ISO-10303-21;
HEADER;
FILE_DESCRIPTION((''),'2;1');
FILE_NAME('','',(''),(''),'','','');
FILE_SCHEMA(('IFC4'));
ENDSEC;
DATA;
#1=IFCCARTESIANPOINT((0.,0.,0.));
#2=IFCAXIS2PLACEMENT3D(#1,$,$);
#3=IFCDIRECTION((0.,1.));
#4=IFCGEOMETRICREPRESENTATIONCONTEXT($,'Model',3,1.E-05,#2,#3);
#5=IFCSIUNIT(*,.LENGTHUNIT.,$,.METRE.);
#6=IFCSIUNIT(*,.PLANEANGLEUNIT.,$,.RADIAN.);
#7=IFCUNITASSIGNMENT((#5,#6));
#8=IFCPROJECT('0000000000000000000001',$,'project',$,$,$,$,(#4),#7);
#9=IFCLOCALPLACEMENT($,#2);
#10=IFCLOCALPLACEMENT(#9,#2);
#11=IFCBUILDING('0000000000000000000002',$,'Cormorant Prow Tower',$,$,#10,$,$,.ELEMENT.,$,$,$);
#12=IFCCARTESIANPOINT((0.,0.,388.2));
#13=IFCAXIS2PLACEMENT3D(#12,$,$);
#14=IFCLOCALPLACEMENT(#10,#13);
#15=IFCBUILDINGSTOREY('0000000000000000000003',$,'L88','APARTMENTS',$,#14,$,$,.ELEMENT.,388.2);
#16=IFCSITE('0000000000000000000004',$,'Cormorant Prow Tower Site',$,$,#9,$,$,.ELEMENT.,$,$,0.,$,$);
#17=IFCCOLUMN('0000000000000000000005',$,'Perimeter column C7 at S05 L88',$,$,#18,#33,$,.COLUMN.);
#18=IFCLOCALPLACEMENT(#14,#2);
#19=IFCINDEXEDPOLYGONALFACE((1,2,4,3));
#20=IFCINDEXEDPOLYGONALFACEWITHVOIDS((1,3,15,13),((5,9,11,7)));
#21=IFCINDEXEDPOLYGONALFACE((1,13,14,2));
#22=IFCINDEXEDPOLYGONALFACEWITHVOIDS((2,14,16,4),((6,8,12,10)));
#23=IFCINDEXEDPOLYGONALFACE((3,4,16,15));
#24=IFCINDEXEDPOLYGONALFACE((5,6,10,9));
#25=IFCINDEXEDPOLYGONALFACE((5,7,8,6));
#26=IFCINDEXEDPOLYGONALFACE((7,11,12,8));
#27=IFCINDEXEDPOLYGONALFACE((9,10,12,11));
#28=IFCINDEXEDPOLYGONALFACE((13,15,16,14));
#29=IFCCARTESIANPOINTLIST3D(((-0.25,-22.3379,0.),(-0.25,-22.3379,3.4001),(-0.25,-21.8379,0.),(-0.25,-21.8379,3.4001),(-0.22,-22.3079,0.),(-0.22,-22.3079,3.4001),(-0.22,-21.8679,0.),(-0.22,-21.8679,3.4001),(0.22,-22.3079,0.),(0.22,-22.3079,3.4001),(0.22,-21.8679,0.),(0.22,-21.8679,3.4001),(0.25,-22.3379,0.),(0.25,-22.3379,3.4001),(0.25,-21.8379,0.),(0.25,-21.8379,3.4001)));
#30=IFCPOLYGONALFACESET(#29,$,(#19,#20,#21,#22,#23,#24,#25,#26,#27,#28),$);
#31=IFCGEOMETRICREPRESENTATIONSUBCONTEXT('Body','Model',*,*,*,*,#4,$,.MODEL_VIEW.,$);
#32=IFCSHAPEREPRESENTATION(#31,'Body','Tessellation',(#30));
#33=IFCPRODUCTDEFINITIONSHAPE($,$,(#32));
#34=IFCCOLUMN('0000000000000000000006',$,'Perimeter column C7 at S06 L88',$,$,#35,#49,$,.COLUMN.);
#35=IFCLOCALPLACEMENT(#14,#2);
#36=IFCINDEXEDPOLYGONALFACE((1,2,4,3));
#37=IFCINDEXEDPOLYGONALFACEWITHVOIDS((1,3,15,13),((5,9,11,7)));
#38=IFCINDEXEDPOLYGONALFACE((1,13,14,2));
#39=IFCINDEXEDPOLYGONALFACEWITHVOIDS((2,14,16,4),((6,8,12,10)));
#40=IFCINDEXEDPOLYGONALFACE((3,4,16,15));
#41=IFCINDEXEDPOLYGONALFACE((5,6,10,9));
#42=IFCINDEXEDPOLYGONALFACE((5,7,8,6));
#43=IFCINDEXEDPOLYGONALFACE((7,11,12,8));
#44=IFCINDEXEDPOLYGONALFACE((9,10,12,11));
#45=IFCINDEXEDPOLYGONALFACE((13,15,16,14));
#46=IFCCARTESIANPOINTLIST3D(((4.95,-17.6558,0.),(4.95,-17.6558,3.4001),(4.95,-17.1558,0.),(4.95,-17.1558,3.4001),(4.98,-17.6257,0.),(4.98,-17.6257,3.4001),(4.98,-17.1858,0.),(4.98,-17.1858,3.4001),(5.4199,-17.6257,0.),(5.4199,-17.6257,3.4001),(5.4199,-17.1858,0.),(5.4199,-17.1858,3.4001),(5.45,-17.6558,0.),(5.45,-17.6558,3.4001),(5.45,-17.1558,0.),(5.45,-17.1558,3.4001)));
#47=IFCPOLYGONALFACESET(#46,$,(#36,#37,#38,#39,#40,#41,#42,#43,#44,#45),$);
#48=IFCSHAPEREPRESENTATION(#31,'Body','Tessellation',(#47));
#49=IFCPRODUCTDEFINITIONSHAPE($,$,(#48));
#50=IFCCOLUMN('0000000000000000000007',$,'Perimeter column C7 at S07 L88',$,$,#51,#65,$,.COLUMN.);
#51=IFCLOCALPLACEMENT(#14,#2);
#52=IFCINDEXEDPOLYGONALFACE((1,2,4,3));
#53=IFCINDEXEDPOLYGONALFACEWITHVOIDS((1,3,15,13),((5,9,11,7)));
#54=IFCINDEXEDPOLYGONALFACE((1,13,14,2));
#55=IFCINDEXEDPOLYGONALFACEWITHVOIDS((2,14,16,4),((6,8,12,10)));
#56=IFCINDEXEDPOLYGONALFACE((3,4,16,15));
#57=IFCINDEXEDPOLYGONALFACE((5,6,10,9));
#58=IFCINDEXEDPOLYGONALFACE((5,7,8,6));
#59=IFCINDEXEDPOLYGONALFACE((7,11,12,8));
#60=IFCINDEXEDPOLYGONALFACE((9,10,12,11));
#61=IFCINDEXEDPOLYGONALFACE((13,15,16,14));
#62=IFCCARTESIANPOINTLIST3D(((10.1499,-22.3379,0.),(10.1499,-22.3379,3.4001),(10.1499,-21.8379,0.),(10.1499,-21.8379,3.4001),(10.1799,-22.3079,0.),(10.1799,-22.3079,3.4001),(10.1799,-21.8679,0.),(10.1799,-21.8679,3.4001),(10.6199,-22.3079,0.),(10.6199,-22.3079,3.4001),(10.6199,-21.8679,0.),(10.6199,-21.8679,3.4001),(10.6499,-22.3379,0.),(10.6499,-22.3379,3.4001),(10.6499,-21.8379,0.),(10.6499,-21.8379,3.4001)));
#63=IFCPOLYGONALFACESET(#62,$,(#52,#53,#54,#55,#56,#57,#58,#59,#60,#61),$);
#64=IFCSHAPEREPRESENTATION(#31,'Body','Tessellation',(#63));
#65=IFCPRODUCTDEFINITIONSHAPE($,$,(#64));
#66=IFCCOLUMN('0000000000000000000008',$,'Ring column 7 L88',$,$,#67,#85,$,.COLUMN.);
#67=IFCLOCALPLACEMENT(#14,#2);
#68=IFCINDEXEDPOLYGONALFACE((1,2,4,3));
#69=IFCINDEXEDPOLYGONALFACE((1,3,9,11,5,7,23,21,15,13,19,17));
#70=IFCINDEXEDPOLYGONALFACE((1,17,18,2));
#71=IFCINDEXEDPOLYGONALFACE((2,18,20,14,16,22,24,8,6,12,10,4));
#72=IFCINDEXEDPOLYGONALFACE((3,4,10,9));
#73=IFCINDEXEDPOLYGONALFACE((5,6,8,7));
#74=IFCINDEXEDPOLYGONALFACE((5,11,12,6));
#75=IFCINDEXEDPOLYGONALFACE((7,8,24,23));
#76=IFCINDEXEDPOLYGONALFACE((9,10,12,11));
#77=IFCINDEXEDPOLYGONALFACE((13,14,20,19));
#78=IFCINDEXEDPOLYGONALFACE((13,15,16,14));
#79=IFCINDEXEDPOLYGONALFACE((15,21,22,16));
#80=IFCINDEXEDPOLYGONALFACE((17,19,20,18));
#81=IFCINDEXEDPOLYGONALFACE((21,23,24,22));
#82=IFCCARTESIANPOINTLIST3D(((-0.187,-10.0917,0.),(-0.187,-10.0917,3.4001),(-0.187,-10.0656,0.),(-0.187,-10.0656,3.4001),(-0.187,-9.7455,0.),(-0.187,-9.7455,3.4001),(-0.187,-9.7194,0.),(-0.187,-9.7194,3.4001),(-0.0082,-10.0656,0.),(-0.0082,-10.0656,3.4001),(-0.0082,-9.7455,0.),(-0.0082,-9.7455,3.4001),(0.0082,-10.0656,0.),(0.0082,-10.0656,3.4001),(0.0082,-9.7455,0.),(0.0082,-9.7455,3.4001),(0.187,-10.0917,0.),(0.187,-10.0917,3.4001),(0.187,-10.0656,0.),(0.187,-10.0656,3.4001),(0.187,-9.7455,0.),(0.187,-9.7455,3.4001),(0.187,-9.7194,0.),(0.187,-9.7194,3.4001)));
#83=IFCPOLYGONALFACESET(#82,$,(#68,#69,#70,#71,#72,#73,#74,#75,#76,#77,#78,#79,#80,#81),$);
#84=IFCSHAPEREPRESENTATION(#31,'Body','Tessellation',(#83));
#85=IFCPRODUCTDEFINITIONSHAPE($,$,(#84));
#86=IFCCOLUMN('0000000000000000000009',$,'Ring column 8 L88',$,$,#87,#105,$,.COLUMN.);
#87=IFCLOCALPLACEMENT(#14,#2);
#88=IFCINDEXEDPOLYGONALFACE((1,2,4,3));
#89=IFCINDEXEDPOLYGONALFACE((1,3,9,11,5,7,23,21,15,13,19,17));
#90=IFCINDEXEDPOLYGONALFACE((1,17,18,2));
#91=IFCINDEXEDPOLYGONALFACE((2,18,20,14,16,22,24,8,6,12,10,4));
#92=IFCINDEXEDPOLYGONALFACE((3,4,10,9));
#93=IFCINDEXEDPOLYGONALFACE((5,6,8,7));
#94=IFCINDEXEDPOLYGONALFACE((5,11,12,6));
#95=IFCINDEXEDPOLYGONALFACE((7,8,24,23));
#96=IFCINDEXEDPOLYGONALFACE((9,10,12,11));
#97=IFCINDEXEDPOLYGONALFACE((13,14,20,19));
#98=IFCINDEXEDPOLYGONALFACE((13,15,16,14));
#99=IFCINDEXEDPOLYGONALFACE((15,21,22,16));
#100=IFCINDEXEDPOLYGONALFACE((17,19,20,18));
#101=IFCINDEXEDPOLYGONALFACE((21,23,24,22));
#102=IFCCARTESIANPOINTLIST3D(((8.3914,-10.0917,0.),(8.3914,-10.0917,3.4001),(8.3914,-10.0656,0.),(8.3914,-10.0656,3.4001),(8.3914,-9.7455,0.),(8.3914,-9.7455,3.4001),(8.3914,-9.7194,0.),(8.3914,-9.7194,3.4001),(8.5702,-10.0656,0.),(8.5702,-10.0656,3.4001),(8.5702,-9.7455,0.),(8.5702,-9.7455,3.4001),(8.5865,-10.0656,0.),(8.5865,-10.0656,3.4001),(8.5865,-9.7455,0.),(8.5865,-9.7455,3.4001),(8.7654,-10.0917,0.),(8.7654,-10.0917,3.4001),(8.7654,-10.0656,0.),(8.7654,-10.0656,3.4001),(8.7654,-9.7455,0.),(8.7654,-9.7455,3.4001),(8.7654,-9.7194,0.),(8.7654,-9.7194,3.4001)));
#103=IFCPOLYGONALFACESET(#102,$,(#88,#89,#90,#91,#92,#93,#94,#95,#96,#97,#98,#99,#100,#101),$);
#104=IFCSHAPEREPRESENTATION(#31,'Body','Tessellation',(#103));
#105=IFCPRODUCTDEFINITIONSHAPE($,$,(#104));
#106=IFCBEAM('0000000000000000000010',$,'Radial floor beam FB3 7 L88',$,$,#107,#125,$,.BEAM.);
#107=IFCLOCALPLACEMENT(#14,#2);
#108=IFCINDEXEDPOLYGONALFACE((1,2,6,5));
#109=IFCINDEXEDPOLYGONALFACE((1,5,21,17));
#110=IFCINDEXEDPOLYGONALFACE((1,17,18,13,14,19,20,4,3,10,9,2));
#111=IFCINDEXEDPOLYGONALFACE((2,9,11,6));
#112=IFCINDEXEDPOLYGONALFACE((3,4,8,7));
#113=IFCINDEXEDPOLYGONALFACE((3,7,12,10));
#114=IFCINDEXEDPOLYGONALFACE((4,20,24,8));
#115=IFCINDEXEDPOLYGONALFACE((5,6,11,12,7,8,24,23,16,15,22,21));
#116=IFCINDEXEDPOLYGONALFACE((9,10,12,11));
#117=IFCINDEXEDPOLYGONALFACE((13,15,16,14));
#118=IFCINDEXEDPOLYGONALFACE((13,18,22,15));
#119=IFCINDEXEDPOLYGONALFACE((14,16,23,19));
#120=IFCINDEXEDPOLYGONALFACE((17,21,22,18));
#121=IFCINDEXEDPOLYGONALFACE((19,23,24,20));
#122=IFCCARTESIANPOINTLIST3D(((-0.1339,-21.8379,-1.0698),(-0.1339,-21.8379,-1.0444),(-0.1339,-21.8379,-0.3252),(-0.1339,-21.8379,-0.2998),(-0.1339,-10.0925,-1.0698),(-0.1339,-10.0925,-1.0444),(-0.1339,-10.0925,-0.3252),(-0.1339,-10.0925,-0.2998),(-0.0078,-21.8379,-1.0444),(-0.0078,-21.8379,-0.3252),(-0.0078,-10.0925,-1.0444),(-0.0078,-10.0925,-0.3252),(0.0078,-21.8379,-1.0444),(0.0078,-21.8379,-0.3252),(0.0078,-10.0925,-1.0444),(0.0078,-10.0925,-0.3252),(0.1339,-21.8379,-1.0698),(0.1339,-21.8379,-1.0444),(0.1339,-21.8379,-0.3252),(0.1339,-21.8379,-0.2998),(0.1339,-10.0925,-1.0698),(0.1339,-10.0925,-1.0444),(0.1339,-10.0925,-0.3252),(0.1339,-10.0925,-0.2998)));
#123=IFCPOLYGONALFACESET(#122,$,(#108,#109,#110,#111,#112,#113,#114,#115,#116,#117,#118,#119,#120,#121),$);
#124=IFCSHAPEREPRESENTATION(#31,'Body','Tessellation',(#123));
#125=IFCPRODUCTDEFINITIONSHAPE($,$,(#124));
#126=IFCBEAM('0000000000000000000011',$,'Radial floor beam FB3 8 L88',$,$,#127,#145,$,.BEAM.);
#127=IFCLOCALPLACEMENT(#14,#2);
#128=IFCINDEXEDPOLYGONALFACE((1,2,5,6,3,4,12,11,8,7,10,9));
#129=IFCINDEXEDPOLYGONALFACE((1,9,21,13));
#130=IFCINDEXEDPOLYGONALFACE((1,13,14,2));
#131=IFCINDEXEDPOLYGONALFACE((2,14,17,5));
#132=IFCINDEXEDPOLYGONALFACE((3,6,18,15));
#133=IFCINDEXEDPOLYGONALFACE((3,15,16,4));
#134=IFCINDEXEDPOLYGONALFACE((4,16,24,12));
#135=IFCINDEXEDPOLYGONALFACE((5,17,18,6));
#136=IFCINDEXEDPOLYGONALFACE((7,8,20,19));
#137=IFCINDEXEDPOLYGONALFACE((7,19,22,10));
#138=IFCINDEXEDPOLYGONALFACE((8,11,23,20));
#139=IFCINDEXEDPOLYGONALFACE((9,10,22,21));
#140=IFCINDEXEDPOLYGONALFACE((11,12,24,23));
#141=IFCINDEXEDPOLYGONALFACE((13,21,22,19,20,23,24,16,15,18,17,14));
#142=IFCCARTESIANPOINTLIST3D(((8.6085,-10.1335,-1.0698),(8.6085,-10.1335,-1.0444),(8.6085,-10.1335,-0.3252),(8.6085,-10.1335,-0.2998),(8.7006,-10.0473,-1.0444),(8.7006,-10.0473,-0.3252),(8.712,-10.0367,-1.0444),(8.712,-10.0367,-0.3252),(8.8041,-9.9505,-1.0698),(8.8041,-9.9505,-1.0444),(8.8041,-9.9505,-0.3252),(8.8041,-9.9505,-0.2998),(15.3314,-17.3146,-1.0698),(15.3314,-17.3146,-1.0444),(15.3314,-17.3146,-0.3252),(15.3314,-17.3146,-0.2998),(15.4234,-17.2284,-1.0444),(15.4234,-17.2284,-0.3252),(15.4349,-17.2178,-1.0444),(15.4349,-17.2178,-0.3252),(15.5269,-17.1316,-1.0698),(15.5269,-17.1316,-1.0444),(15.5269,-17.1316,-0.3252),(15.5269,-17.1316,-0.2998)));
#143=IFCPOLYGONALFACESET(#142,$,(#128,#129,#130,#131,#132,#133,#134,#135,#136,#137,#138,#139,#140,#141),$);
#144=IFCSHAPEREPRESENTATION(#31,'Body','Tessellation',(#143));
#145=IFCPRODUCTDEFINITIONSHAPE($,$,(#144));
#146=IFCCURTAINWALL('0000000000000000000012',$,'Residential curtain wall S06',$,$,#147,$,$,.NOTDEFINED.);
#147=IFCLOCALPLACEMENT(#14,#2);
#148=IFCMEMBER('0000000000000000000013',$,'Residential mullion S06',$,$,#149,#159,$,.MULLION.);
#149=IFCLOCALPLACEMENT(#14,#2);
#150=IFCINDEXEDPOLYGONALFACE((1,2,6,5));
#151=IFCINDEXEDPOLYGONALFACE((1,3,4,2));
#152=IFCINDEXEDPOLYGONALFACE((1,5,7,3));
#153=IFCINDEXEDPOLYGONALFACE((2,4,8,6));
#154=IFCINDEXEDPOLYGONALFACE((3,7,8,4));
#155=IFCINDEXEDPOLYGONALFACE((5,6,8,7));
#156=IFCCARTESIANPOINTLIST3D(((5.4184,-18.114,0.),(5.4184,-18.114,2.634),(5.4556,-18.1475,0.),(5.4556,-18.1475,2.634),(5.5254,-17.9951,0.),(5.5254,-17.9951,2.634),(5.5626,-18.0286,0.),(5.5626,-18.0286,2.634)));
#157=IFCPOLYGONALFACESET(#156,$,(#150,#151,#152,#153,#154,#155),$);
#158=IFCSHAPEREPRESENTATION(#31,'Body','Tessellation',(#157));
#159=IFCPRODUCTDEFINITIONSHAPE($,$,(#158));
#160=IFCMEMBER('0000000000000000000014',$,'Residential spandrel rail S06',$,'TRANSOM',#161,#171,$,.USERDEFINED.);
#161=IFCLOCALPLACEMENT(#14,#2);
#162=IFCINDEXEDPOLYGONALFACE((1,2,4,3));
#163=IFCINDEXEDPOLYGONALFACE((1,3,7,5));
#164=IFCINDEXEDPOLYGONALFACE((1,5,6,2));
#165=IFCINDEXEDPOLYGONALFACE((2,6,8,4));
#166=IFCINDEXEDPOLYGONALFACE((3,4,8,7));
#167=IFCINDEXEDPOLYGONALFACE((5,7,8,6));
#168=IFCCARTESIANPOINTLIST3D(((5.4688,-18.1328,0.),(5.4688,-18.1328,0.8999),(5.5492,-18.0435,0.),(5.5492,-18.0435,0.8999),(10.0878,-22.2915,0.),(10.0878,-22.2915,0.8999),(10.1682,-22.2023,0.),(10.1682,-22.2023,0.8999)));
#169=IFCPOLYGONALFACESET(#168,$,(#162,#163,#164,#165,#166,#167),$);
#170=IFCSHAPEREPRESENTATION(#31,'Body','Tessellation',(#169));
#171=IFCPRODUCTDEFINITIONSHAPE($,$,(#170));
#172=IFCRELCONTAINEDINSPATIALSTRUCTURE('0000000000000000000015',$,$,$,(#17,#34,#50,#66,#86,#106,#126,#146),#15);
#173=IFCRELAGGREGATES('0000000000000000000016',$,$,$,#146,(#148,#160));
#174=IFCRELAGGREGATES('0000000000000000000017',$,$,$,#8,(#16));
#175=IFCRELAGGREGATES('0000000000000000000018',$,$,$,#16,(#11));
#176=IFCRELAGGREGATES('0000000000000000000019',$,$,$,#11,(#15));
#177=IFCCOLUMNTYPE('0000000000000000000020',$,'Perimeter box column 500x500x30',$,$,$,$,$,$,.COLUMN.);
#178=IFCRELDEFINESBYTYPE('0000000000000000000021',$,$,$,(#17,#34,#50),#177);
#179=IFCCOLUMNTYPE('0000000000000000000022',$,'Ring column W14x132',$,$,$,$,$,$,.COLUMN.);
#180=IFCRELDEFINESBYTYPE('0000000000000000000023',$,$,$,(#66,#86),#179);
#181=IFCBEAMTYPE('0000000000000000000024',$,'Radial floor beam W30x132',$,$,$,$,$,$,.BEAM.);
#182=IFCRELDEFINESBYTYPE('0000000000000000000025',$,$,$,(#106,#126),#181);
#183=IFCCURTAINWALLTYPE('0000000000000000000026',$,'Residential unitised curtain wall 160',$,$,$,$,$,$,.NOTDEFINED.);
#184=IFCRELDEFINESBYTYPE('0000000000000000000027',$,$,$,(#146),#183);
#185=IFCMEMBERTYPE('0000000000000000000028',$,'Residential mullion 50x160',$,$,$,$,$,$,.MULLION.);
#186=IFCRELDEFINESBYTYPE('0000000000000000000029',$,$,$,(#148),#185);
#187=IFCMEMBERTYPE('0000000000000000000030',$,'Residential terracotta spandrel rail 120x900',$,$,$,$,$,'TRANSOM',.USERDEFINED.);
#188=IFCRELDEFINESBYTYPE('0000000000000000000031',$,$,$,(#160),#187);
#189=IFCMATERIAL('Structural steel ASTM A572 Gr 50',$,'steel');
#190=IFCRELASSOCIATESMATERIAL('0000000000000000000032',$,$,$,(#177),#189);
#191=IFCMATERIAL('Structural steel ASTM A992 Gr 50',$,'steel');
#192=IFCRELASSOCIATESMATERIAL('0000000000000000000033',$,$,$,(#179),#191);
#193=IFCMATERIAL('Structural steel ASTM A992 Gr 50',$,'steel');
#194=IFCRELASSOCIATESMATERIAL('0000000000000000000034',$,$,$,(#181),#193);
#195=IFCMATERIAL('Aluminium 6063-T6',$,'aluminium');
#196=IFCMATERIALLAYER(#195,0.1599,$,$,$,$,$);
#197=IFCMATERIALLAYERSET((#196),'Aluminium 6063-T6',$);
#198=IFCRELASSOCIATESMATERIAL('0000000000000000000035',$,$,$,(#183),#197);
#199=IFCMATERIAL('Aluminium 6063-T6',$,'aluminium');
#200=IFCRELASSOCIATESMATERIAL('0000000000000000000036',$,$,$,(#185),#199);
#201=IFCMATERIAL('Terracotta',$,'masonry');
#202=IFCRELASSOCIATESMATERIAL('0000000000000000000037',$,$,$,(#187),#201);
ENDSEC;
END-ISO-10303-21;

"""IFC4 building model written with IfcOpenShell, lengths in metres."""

from ifc_helpers import new_model, si_unit, direction, frame, origin, origin_2d, place, context, subcontext, project, spatial, rectangle, hollow_rectangle, i_section, extrude, material, layer, layer_set, material_profile, profile_set, type_object, element, aggregate, save


model = new_model("IFC4")

# Units and contexts
model_context = context("Model", 3, precision=1e-05, world=origin(), true_north=direction((0.0, 1.0)))
body_context = subcontext(model_context, "Body", "Model", "MODEL_VIEW")
ifc_project = project(units=[si_unit("LENGTHUNIT", "METRE"), si_unit("PLANEANGLEUNIT", "RADIAN")], contexts=[model_context])

# Site, building, storey
site_placement = place(None, origin())
site = spatial("IfcSite", under=ifc_project, at=site_placement, Name="Cormorant Prow Tower Site", CompositionType="ELEMENT", RefElevation=0.0)
building_placement = place(site_placement, origin())
building = spatial("IfcBuilding", under=site, at=building_placement, Name="Cormorant Prow Tower", CompositionType="ELEMENT")
storey_placement = place(building_placement, frame((0.0, 0.0, 388.2)))
storey = spatial("IfcBuildingStorey", under=building, at=storey_placement, Name="L88", Description="APARTMENTS", CompositionType="ELEMENT", Elevation=388.2)

# Columns
ifc_material_1 = material(Name="Structural steel ASTM A572 Gr 50", Category="steel")
ifc_material_profile_1 = material_profile(ifc_material_1, hollow_rectangle(XDim=0.5, YDim=0.5, WallThickness=0.03, at=origin_2d()), Name="Box 500x500x30")
ifc_profile_set_1 = profile_set([ifc_material_profile_1], Name="Structural steel ASTM A572 Gr 50")
column_type_1 = type_object("IfcColumnType", Name="Perimeter box column 500x500x30", PredefinedType="COLUMN", material=ifc_profile_set_1)
for number, where, z_axis, x_axis, name in (
    (1, (0.0, -22.0879, 0.0), (0.0, 0.0, 1.0), (1.0, 0.0, 0.0), "Perimeter column C7 at S05 L88"),
    (2, (5.2, -17.4058, 0.0), (0.0, 0.0, 1.0), (1.0, 0.0, 0.0), "Perimeter column C7 at S06 L88"),
    (3, (10.3999, -22.0879, 0.0), (0.0, 0.0, 1.0), (1.0, 0.0, 0.0), "Perimeter column C7 at S07 L88"),
):
    element("IfcColumn", number, at=place(storey_placement, frame(where, z_axis=z_axis, x_axis=x_axis)), inside=storey, type_object=column_type_1, Name=name, PredefinedType="COLUMN", context=body_context, shape_type="SweptSolid", body=[
        extrude(hollow_rectangle(XDim=0.5, YDim=0.5, WallThickness=0.03, at=origin_2d()), origin(), (0.0, 0.0, 1.0), 3.4001),
    ])
ifc_material_2 = material(Name="Structural steel ASTM A992 Gr 50", Category="steel")
ifc_material_profile_2 = material_profile(ifc_material_2, i_section(OverallWidth=0.374, OverallDepth=0.3723, WebThickness=0.0164, FlangeThickness=0.0261, at=origin_2d()), Name="W14x132")
ifc_profile_set_2 = profile_set([ifc_material_profile_2], Name="Structural steel ASTM A992 Gr 50")
column_type_2 = type_object("IfcColumnType", Name="Ring column W14x132", PredefinedType="COLUMN", material=ifc_profile_set_2)
for number, where, z_axis, x_axis, name in (
    (4, (0.0, -9.9055, 0.0), (0.0, 0.0, 1.0), (1.0, 0.0, 0.0), "Ring column 7 L88"),
    (5, (8.5784, -9.9055, 0.0), (0.0, 0.0, 1.0), (1.0, 0.0, 0.0), "Ring column 8 L88"),
):
    element("IfcColumn", number, at=place(storey_placement, frame(where, z_axis=z_axis, x_axis=x_axis)), inside=storey, type_object=column_type_2, Name=name, PredefinedType="COLUMN", context=body_context, shape_type="SweptSolid", body=[
        extrude(i_section(OverallWidth=0.374, OverallDepth=0.3723, WebThickness=0.0164, FlangeThickness=0.0261, at=origin_2d()), origin(), (0.0, 0.0, 1.0), 3.4001),
    ])

# Beams
ifc_material_3 = material(Name="Structural steel ASTM A992 Gr 50", Category="steel")
ifc_material_profile_3 = material_profile(ifc_material_3, i_section(OverallWidth=0.2678, OverallDepth=0.77, WebThickness=0.0156, FlangeThickness=0.0254, at=origin_2d()), Name="W30x132")
ifc_profile_set_3 = profile_set([ifc_material_profile_3], Name="Structural steel ASTM A992 Gr 50")
beam_type_1 = type_object("IfcBeamType", Name="Radial floor beam W30x132", PredefinedType="BEAM", material=ifc_profile_set_3)
beam_1_placement = place(storey_placement, frame((0.0, -10.0925, -0.6848), z_axis=(0.0, -1.0, 0.0), x_axis=(1.0, 0.0, 0.0)))
element("IfcBeam", 6, at=beam_1_placement, inside=storey, type_object=beam_type_1, Name="Radial floor beam FB3 7 L88", PredefinedType="BEAM", context=body_context, shape_type="SweptSolid", body=[
    extrude(i_section(OverallWidth=0.2678, OverallDepth=0.77, WebThickness=0.0156, FlangeThickness=0.0254, at=origin_2d()), origin(), (0.0, 0.0, 1.0), 11.7454),
])
beam_2_placement = place(storey_placement, frame((8.7063, -10.042, -0.6848), z_axis=(0.683431, -0.730015, 0.0), x_axis=(0.730015, 0.683431, 0.0)))
element("IfcBeam", 7, at=beam_2_placement, inside=storey, type_object=beam_type_1, Name="Radial floor beam FB3 8 L88", PredefinedType="BEAM", context=body_context, shape_type="SweptSolid", body=[
    extrude(i_section(OverallWidth=0.2678, OverallDepth=0.77, WebThickness=0.0156, FlangeThickness=0.0254, at=origin_2d()), origin(), (0.0, 0.0, 1.0), 9.8369),
])

# Curtain wall, members
ifc_material_4 = material(Name="Aluminium 6063-T6", Category="aluminium")
ifc_layer_1 = layer(ifc_material_4, 0.1599)
ifc_layer_set_1 = layer_set([ifc_layer_1], Name="Aluminium 6063-T6")
curtain_wall_type = type_object("IfcCurtainWallType", Name="Residential unitised curtain wall 160", PredefinedType="NOTDEFINED", material=ifc_layer_set_1)
curtain_wall_placement = place(storey_placement, origin())
curtain_wall = element("IfcCurtainWall", 8, at=curtain_wall_placement, inside=storey, type_object=curtain_wall_type, Name="Residential curtain wall S06", PredefinedType="NOTDEFINED")
ifc_material_5 = material(Name="Aluminium 6063-T6", Category="aluminium")
ifc_material_profile_4 = material_profile(ifc_material_5, rectangle(XDim=0.1599, YDim=0.05, at=origin_2d()), Name="Residential mullion 50x160")
ifc_profile_set_4 = profile_set([ifc_material_profile_4], Name="Aluminium 6063-T6")
member_type_1 = type_object("IfcMemberType", Name="Residential mullion 50x160", PredefinedType="MULLION", material=ifc_profile_set_4)
member_1_placement = place(storey_placement, frame((5.4905, -18.0713, 0.0), z_axis=(0.0, 0.0, 1.0), x_axis=(0.669131, 0.743145, 0.0)))
member_1 = element("IfcMember", 9, at=member_1_placement, type_object=member_type_1, Name="Residential mullion S06", PredefinedType="MULLION", context=body_context, shape_type="SweptSolid", body=[
    extrude(rectangle(XDim=0.1599, YDim=0.05, at=origin_2d()), origin(), (0.0, 0.0, 1.0), 2.634),
])
ifc_material_6 = material(Name="Terracotta", Category="masonry")
ifc_material_profile_5 = material_profile(ifc_material_6, rectangle(XDim=0.1201, YDim=0.8999, at=origin_2d()), Name="Residential terracotta spandrel rail 120x900")
ifc_profile_set_5 = profile_set([ifc_material_profile_5], Name="Terracotta")
member_type_2 = type_object("IfcMemberType", Name="Residential terracotta spandrel rail 120x900", ElementType="TRANSOM", PredefinedType="USERDEFINED", material=ifc_profile_set_5)
member_2_placement = place(storey_placement, frame((5.509, -18.0881, 0.45), z_axis=(0.743159, -0.669114, 0.0), x_axis=(0.669114, 0.743159, 0.0)))
member_2 = element("IfcMember", 10, at=member_2_placement, type_object=member_type_2, Name="Residential spandrel rail S06", ObjectType="TRANSOM", PredefinedType="USERDEFINED", context=body_context, shape_type="SweptSolid", body=[
    extrude(rectangle(XDim=0.1201, YDim=0.8999, at=origin_2d()), origin(), (0.0, 0.0, 1.0), 6.2153),
])

aggregate(curtain_wall, [member_1, member_2])

save(model, "model.ifc")
